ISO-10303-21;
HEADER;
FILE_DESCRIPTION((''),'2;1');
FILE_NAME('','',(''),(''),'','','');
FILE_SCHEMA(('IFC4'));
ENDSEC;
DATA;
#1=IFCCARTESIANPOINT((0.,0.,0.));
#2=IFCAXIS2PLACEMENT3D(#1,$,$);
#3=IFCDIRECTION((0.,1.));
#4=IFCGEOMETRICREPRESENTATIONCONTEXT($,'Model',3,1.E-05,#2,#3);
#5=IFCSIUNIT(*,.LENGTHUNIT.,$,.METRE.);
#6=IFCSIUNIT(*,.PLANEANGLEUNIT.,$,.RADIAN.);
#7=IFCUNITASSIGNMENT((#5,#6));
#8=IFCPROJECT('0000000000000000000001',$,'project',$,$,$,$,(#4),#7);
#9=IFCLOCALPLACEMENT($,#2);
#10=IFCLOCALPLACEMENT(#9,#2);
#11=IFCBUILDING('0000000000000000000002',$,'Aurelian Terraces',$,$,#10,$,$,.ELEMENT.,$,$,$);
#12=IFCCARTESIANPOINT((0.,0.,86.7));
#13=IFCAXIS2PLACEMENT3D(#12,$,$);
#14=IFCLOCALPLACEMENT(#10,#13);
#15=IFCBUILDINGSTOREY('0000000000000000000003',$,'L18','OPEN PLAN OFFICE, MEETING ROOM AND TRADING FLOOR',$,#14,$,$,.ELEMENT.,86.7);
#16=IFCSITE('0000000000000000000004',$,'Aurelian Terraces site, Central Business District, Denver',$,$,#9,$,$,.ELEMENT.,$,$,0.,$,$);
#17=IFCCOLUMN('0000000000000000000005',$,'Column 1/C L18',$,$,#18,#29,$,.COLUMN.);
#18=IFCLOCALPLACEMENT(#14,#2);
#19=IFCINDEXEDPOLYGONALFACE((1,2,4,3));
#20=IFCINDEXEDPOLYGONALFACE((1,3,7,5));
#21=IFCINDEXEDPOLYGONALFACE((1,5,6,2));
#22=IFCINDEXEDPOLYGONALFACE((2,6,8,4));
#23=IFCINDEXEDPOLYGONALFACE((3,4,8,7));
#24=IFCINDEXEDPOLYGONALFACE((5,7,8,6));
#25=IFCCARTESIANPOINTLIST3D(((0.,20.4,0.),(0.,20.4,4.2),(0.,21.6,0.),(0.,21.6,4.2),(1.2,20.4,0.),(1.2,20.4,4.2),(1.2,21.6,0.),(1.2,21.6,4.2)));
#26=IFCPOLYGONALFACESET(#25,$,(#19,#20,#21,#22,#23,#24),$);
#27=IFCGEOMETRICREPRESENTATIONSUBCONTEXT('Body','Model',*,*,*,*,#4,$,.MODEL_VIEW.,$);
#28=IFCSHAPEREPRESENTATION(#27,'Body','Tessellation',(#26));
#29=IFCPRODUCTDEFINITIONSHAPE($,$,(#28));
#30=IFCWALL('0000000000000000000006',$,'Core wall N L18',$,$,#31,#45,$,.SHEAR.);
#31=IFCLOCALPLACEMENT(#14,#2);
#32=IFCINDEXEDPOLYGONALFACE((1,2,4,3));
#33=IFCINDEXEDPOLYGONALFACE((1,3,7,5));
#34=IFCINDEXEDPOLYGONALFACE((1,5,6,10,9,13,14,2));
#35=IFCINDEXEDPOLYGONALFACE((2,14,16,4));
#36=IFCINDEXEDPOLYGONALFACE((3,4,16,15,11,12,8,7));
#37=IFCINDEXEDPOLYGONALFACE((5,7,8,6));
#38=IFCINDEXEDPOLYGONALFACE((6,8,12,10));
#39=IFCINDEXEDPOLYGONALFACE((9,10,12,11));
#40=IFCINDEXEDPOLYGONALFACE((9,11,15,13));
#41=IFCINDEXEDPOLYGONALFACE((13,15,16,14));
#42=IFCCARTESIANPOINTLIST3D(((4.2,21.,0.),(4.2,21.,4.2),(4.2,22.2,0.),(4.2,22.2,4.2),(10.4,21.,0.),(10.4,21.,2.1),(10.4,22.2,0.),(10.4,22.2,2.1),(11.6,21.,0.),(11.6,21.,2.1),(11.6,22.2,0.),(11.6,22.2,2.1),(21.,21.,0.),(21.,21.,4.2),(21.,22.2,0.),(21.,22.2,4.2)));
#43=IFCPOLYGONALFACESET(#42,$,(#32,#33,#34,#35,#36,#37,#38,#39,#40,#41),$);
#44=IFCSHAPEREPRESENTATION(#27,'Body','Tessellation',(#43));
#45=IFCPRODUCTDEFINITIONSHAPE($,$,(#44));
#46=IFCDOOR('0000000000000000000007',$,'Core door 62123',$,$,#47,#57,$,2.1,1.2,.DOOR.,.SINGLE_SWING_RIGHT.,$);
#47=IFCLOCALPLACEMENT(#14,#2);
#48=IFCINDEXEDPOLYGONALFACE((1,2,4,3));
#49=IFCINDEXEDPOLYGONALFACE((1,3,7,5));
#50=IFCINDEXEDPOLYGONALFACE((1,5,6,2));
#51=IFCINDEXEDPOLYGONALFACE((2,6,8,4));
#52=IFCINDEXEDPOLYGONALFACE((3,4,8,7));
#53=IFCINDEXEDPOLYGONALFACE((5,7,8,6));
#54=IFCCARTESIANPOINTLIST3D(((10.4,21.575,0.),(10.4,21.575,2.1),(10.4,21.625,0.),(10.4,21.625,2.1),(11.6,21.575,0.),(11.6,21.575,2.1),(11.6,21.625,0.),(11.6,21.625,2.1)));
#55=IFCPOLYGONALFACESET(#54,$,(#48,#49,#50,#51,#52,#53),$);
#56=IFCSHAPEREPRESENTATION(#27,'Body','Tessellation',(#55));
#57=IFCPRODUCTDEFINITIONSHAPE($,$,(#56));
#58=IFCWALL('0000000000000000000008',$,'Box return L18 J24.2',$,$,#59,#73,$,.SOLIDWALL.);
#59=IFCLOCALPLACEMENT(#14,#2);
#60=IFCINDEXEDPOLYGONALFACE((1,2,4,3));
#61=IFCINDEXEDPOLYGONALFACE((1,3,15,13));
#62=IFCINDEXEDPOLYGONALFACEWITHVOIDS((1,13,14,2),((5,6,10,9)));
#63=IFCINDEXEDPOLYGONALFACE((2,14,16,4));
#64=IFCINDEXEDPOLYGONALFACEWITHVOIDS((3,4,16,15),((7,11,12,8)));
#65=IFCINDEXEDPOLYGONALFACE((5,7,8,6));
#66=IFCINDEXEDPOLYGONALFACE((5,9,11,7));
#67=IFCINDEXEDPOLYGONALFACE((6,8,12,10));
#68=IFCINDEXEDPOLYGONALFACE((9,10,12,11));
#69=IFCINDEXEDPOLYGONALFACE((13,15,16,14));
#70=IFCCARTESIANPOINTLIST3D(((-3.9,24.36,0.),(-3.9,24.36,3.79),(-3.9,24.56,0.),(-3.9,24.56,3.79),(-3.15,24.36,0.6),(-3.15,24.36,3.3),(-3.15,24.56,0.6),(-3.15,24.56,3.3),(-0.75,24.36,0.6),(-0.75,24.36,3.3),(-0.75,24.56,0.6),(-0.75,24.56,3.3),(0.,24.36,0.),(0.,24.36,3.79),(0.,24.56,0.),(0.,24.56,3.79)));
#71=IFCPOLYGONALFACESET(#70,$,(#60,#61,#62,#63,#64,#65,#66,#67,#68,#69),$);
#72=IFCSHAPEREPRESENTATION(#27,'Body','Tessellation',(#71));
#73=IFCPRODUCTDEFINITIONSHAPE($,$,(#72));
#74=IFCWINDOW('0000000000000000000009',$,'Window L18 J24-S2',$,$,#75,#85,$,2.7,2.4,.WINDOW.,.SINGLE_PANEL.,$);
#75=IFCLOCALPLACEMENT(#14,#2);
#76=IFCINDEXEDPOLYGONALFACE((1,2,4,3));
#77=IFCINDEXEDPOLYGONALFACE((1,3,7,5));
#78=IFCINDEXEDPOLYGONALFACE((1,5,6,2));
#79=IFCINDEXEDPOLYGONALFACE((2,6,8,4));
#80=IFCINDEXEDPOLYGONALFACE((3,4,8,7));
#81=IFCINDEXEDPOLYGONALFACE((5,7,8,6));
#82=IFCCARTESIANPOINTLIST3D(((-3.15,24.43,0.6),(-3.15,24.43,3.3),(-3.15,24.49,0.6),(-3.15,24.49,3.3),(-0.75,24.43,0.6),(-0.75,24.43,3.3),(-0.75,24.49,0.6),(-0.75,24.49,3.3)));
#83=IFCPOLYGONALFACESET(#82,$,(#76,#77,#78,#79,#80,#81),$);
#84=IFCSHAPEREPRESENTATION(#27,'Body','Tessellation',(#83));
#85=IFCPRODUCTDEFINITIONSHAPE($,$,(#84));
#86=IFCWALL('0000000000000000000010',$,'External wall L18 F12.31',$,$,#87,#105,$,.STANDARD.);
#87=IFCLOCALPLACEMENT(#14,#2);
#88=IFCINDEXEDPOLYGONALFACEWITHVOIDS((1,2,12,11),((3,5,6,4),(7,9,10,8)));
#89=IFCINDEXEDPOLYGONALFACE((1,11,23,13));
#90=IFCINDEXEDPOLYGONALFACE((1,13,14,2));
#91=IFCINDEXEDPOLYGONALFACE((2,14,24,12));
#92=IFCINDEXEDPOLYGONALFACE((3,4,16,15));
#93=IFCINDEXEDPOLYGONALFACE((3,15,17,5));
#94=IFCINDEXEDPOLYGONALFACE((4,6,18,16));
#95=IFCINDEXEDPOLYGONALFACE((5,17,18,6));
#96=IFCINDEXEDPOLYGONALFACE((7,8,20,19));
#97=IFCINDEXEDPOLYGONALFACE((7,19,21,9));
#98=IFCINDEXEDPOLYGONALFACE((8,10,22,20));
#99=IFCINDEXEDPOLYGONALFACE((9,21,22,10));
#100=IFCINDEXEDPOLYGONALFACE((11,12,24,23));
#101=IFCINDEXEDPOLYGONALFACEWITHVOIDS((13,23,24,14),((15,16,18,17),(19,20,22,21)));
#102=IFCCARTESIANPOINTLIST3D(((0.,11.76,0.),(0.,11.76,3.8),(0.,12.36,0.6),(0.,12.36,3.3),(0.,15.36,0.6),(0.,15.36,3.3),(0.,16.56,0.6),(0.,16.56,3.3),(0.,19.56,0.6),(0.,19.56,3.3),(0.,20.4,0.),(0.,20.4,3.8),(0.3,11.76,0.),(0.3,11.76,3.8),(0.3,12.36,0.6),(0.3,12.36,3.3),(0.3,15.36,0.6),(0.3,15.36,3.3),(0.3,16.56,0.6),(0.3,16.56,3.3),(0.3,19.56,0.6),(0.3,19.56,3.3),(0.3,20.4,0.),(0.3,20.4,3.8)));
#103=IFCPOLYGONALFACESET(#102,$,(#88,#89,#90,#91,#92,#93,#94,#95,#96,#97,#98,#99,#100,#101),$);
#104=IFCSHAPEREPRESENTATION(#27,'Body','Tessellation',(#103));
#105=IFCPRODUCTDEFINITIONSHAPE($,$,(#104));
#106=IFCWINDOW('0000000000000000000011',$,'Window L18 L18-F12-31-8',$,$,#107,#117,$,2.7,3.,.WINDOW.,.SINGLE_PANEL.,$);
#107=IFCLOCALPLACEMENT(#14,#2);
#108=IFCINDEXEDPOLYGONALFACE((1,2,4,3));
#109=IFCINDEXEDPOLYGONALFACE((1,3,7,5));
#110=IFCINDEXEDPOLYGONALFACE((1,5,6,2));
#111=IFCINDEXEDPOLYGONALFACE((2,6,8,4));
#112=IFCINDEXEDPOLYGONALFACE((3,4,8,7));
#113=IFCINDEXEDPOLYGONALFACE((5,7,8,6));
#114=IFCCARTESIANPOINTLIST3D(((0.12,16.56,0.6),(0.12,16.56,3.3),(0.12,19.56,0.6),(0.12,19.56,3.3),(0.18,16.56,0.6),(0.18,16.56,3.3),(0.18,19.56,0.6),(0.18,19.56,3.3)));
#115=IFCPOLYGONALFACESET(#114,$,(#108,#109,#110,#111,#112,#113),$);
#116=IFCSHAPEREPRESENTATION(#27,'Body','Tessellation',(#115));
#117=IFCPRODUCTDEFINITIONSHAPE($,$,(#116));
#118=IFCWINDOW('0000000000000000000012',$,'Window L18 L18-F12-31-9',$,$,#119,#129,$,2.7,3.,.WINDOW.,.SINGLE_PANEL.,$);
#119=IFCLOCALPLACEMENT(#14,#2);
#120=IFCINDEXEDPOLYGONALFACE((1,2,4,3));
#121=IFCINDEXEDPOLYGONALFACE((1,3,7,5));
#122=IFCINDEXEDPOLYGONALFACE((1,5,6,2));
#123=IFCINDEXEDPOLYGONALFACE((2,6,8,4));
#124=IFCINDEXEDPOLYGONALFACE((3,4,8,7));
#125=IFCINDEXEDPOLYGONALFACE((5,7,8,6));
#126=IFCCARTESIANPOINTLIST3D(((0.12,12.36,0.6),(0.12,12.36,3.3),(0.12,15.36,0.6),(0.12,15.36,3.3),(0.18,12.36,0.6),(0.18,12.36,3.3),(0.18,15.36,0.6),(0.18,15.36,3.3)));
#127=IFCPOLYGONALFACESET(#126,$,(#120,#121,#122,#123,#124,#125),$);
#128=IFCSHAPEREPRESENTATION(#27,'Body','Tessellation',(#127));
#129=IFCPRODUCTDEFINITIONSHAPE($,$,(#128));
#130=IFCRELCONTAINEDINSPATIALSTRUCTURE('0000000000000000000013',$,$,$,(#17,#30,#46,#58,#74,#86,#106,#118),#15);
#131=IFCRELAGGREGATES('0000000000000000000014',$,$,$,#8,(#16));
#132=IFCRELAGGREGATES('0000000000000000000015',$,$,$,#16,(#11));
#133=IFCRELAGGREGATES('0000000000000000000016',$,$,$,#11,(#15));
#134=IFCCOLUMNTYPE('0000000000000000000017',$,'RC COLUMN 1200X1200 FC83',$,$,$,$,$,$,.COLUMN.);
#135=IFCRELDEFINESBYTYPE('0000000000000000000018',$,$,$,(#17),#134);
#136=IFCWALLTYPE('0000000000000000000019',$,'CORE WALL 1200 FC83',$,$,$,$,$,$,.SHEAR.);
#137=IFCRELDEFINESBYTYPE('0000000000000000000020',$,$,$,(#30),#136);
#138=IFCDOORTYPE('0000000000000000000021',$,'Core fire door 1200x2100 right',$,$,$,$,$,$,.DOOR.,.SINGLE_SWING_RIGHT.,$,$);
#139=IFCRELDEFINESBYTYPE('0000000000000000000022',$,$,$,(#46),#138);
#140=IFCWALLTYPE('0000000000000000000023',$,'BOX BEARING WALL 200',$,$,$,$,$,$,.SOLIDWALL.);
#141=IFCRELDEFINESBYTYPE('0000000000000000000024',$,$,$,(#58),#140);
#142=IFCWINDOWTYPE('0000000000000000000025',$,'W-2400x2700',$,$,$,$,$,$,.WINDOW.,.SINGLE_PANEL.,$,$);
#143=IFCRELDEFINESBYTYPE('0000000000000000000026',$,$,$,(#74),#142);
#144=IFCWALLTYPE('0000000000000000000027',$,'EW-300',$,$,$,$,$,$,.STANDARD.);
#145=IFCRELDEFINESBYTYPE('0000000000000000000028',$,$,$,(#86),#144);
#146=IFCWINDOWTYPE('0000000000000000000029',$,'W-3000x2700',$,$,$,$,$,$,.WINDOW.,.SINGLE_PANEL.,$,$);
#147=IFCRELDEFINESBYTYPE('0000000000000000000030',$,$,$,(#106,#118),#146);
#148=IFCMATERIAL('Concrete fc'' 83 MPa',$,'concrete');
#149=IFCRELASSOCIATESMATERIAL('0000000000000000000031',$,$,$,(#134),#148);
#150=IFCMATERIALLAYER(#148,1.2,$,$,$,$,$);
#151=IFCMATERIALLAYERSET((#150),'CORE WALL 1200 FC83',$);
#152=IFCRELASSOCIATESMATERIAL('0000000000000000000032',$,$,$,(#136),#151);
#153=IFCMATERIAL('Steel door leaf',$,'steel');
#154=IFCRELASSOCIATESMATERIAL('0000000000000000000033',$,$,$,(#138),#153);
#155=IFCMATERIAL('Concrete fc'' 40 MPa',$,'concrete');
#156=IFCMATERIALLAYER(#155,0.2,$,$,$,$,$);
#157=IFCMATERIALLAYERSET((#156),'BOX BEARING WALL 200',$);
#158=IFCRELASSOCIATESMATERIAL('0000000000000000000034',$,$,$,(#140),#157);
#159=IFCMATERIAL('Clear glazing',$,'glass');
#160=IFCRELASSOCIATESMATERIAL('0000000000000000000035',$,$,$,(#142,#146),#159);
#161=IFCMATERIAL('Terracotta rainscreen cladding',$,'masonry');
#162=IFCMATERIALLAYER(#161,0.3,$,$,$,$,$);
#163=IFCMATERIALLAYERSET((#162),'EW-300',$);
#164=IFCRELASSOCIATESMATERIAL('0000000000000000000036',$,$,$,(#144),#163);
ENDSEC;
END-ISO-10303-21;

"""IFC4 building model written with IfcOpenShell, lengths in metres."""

from ifc_helpers import new_model, si_unit, direction, frame, frame_2d, origin, origin_2d, place, context, subcontext, project, spatial, rectangle, extrude, source, transform, mapped, material, layer, layer_set, material_profile, profile_set, type_object, element, fill, save


model = new_model("IFC4")

# Units and contexts
model_context = context("Model", 3, precision=1e-05, world=origin(), true_north=direction((0.0, 1.0)))
body_context = subcontext(model_context, "Body", "Model", "MODEL_VIEW")
ifc_project = project(units=[si_unit("LENGTHUNIT", "METRE"), si_unit("PLANEANGLEUNIT", "RADIAN")], contexts=[model_context])

# Site, building, storey
site_placement = place(None, origin())
site = spatial("IfcSite", under=ifc_project, at=site_placement, Name="Aurelian Terraces site, Central Business District, Denver", CompositionType="ELEMENT", RefElevation=0.0)
building_placement = place(site_placement, origin())
building = spatial("IfcBuilding", under=site, at=building_placement, Name="Aurelian Terraces", CompositionType="ELEMENT")
storey_placement = place(building_placement, frame((0.0, 0.0, 86.7)))
storey = spatial("IfcBuildingStorey", under=building, at=storey_placement, Name="L18", Description="OPEN PLAN OFFICE, MEETING ROOM AND TRADING FLOOR", CompositionType="ELEMENT", Elevation=86.7)

# Column
ifc_material_1 = material(Name="Concrete fc' 83 MPa", Category="concrete")
ifc_material_profile = material_profile(ifc_material_1, rectangle(XDim=1.2, YDim=1.2, at=origin_2d()))
ifc_profile_set = profile_set([ifc_material_profile], Name="Concrete fc' 83 MPa")
column_type = type_object("IfcColumnType", Name="RC COLUMN 1200X1200 FC83", PredefinedType="COLUMN", material=ifc_profile_set)
shared_shape_1 = source(origin(), body_context, "Body", "SweptSolid", [
    extrude(rectangle(XDim=1.2, YDim=1.2, at=origin_2d()), origin(), (0.0, 0.0, 1.0), 4.2),
])
column_placement = place(storey_placement, frame((0.6, 21.0, 0.0), z_axis=(0.0, 0.0, 1.0), x_axis=(1.0, 0.0, 0.0)))
element("IfcColumn", 1, at=column_placement, inside=storey, type_object=column_type, Name="Column 1/C L18", PredefinedType="COLUMN", context=body_context, shape_type="MappedRepresentation", body=[
    mapped(shared_shape_1, transform((0.0, 0.0, 0.0), scale=1.0)),
])

# Wall, opening, door
ifc_layer_1 = layer(ifc_material_1, 1.2)
ifc_layer_set_1 = layer_set([ifc_layer_1], Name="CORE WALL 1200 FC83")
wall_type_1 = type_object("IfcWallType", Name="CORE WALL 1200 FC83", PredefinedType="SHEAR", material=ifc_layer_set_1)
shared_shape_2 = source(origin(), body_context, "Body", "SweptSolid", [
    extrude(rectangle(XDim=16.8, YDim=1.2, at=frame_2d((8.4, 0.0))), origin(), (0.0, 0.0, 1.0), 4.2),
])
wall_1_placement = place(storey_placement, frame((4.2, 21.6, 0.0), z_axis=(0.0, 0.0, 1.0), x_axis=(1.0, 0.0, 0.0)))
wall_1 = element("IfcWall", 2, at=wall_1_placement, inside=storey, type_object=wall_type_1, Name="Core wall N L18", PredefinedType="SHEAR", context=body_context, shape_type="MappedRepresentation", body=[
    mapped(shared_shape_2, transform((0.0, 0.0, 0.0), scale=1.0)),
])
shared_shape_3 = source(origin(), body_context, "Body", "SweptSolid", [
    extrude(rectangle(XDim=1.2, YDim=2.1, at=frame_2d((0.6, 1.05))), frame((0.0, 0.61, 0.0), z_axis=(0.0, -1.0, 0.0), x_axis=(1.0, 0.0, 0.0)), (0.0, 0.0, 1.0), 1.22),
])
opening_1_placement = place(wall_1_placement, frame((6.2, 0.0, 0.0)))
opening_1 = element("IfcOpeningElement", 3, at=opening_1_placement, cuts=wall_1, PredefinedType="OPENING", context=body_context, shape_type="MappedRepresentation", body=[
    mapped(shared_shape_3, transform((0.0, 0.0, 0.0), scale=1.0)),
])
ifc_material_2 = material(Name="Steel door leaf", Category="steel")
door_type_1 = type_object("IfcDoorType", Name="Core fire door 1200x2100 right", OperationType="SINGLE_SWING_RIGHT", PredefinedType="DOOR", material=ifc_material_2)
shared_shape_4 = source(origin(), body_context, "Body", "SweptSolid", [
    extrude(rectangle(XDim=1.2, YDim=2.1, at=frame_2d((0.6, 1.05))), frame((0.0, 0.025, 0.0), z_axis=(0.0, -1.0, 0.0), x_axis=(1.0, 0.0, 0.0)), (0.0, 0.0, 1.0), 0.05),
])
door_1_placement = place(opening_1_placement, origin())
door_1 = element("IfcDoor", 4, at=door_1_placement, inside=storey, type_object=door_type_1, Name="Core door 62123", OperationType="SINGLE_SWING_RIGHT", OverallHeight=2.1, OverallWidth=1.2, PredefinedType="DOOR", context=body_context, shape_type="MappedRepresentation", body=[
    mapped(shared_shape_4, transform((0.0, 0.0, 0.0), scale=1.0)),
])
fill(opening_1, door_1)

# Wall, opening, window
ifc_material_3 = material(Name="Concrete fc' 40 MPa", Category="concrete")
ifc_layer_2 = layer(ifc_material_3, 0.2)
ifc_layer_set_2 = layer_set([ifc_layer_2], Name="BOX BEARING WALL 200")
wall_type_2 = type_object("IfcWallType", Name="BOX BEARING WALL 200", PredefinedType="SOLIDWALL", material=ifc_layer_set_2)
shared_shape_5 = source(origin(), body_context, "Body", "SweptSolid", [
    extrude(rectangle(XDim=3.9, YDim=0.2, at=frame_2d((1.95, 0.0))), origin(), (0.0, 0.0, 1.0), 3.79),
])
wall_2_placement = place(storey_placement, frame((0.0, 24.46, 0.0), z_axis=(0.0, 0.0, 1.0), x_axis=(-1.0, 0.0, 0.0)))
wall_2 = element("IfcWall", 5, at=wall_2_placement, inside=storey, type_object=wall_type_2, Name="Box return L18 J24.2", PredefinedType="SOLIDWALL", context=body_context, shape_type="MappedRepresentation", body=[
    mapped(shared_shape_5, transform((0.0, 0.0, 0.0), scale=1.0)),
])
shared_shape_6 = source(origin(), body_context, "Body", "SweptSolid", [
    extrude(rectangle(XDim=2.4, YDim=2.7, at=frame_2d((1.2, 1.35))), frame((0.0, 0.11, 0.0), z_axis=(0.0, -1.0, 0.0), x_axis=(1.0, 0.0, 0.0)), (0.0, 0.0, 1.0), 0.22),
])
opening_2_placement = place(wall_2_placement, frame((0.75, 0.0, 0.6)))
opening_2 = element("IfcOpeningElement", 6, at=opening_2_placement, cuts=wall_2, PredefinedType="OPENING", context=body_context, shape_type="MappedRepresentation", body=[
    mapped(shared_shape_6, transform((0.0, 0.0, 0.0), scale=1.0)),
])
ifc_material_4 = material(Name="Clear glazing", Category="glass")
window_type_1 = type_object("IfcWindowType", Name="W-2400x2700", PartitioningType="SINGLE_PANEL", PredefinedType="WINDOW", material=ifc_material_4)
shared_shape_7 = source(origin(), body_context, "Body", "SweptSolid", [
    extrude(rectangle(XDim=2.4, YDim=2.7, at=frame_2d((1.2, 1.35))), frame((0.0, 0.03, 0.0), z_axis=(0.0, -1.0, 0.0), x_axis=(1.0, 0.0, 0.0)), (0.0, 0.0, 1.0), 0.06),
])
window_1_placement = place(opening_2_placement, origin())
window_1 = element("IfcWindow", 7, at=window_1_placement, inside=storey, type_object=window_type_1, Name="Window L18 J24-S2", OverallHeight=2.7, OverallWidth=2.4, PartitioningType="SINGLE_PANEL", PredefinedType="WINDOW", context=body_context, shape_type="MappedRepresentation", body=[
    mapped(shared_shape_7, transform((0.0, 0.0, 0.0), scale=1.0)),
])
fill(opening_2, window_1)

# Wall, openings, windows
ifc_material_5 = material(Name="Terracotta rainscreen cladding", Category="masonry")
ifc_layer_3 = layer(ifc_material_5, 0.3)
ifc_layer_set_3 = layer_set([ifc_layer_3], Name="EW-300")
wall_type_3 = type_object("IfcWallType", Name="EW-300", PredefinedType="STANDARD", material=ifc_layer_set_3)
shared_shape_8 = source(origin(), body_context, "Body", "SweptSolid", [
    extrude(rectangle(XDim=8.64, YDim=0.3, at=frame_2d((4.32, 0.0))), origin(), (0.0, 0.0, 1.0), 3.8),
])
wall_3_placement = place(storey_placement, frame((0.15, 20.4, 0.0), z_axis=(0.0, 0.0, 1.0), x_axis=(0.0, -1.0, 0.0)))
wall_3 = element("IfcWall", 8, at=wall_3_placement, inside=storey, type_object=wall_type_3, Name="External wall L18 F12.31", PredefinedType="STANDARD", context=body_context, shape_type="MappedRepresentation", body=[
    mapped(shared_shape_8, transform((0.0, 0.0, 0.0), scale=1.0)),
])
shared_shape_9 = source(origin(), body_context, "Body", "SweptSolid", [
    extrude(rectangle(XDim=3.0, YDim=2.7, at=frame_2d((1.5, 1.35))), frame((0.0, 0.16, 0.0), z_axis=(0.0, -1.0, 0.0), x_axis=(1.0, 0.0, 0.0)), (0.0, 0.0, 1.0), 0.32),
])
opening_3_placement = place(wall_3_placement, frame((0.84, 0.0, 0.6)))
opening_3 = element("IfcOpeningElement", 9, at=opening_3_placement, cuts=wall_3, PredefinedType="OPENING", context=body_context, shape_type="MappedRepresentation", body=[
    mapped(shared_shape_9, transform((0.0, 0.0, 0.0), scale=1.0)),
])
opening_4_placement = place(wall_3_placement, frame((5.04, 0.0, 0.6)))
opening_4 = element("IfcOpeningElement", 10, at=opening_4_placement, cuts=wall_3, PredefinedType="OPENING", context=body_context, shape_type="MappedRepresentation", body=[
    mapped(shared_shape_9, transform((0.0, 0.0, 0.0), scale=1.0)),
])
window_type_2 = type_object("IfcWindowType", Name="W-3000x2700", PartitioningType="SINGLE_PANEL", PredefinedType="WINDOW", material=ifc_material_4)
shared_shape_10 = source(origin(), body_context, "Body", "SweptSolid", [
    extrude(rectangle(XDim=3.0, YDim=2.7, at=frame_2d((1.5, 1.35))), frame((0.0, 0.03, 0.0), z_axis=(0.0, -1.0, 0.0), x_axis=(1.0, 0.0, 0.0)), (0.0, 0.0, 1.0), 0.06),
])
window_2_placement = place(opening_3_placement, origin())
window_2 = element("IfcWindow", 11, at=window_2_placement, inside=storey, type_object=window_type_2, Name="Window L18 L18-F12-31-8", OverallHeight=2.7, OverallWidth=3.0, PartitioningType="SINGLE_PANEL", PredefinedType="WINDOW", context=body_context, shape_type="MappedRepresentation", body=[
    mapped(shared_shape_10, transform((0.0, 0.0, 0.0), scale=1.0)),
])
fill(opening_3, window_2)
window_3_placement = place(opening_4_placement, origin())
window_3 = element("IfcWindow", 12, at=window_3_placement, inside=storey, type_object=window_type_2, Name="Window L18 L18-F12-31-9", OverallHeight=2.7, OverallWidth=3.0, PartitioningType="SINGLE_PANEL", PredefinedType="WINDOW", context=body_context, shape_type="MappedRepresentation", body=[
    mapped(shared_shape_10, transform((0.0, 0.0, 0.0), scale=1.0)),
])
fill(opening_4, window_3)

save(model, "model.ifc")
